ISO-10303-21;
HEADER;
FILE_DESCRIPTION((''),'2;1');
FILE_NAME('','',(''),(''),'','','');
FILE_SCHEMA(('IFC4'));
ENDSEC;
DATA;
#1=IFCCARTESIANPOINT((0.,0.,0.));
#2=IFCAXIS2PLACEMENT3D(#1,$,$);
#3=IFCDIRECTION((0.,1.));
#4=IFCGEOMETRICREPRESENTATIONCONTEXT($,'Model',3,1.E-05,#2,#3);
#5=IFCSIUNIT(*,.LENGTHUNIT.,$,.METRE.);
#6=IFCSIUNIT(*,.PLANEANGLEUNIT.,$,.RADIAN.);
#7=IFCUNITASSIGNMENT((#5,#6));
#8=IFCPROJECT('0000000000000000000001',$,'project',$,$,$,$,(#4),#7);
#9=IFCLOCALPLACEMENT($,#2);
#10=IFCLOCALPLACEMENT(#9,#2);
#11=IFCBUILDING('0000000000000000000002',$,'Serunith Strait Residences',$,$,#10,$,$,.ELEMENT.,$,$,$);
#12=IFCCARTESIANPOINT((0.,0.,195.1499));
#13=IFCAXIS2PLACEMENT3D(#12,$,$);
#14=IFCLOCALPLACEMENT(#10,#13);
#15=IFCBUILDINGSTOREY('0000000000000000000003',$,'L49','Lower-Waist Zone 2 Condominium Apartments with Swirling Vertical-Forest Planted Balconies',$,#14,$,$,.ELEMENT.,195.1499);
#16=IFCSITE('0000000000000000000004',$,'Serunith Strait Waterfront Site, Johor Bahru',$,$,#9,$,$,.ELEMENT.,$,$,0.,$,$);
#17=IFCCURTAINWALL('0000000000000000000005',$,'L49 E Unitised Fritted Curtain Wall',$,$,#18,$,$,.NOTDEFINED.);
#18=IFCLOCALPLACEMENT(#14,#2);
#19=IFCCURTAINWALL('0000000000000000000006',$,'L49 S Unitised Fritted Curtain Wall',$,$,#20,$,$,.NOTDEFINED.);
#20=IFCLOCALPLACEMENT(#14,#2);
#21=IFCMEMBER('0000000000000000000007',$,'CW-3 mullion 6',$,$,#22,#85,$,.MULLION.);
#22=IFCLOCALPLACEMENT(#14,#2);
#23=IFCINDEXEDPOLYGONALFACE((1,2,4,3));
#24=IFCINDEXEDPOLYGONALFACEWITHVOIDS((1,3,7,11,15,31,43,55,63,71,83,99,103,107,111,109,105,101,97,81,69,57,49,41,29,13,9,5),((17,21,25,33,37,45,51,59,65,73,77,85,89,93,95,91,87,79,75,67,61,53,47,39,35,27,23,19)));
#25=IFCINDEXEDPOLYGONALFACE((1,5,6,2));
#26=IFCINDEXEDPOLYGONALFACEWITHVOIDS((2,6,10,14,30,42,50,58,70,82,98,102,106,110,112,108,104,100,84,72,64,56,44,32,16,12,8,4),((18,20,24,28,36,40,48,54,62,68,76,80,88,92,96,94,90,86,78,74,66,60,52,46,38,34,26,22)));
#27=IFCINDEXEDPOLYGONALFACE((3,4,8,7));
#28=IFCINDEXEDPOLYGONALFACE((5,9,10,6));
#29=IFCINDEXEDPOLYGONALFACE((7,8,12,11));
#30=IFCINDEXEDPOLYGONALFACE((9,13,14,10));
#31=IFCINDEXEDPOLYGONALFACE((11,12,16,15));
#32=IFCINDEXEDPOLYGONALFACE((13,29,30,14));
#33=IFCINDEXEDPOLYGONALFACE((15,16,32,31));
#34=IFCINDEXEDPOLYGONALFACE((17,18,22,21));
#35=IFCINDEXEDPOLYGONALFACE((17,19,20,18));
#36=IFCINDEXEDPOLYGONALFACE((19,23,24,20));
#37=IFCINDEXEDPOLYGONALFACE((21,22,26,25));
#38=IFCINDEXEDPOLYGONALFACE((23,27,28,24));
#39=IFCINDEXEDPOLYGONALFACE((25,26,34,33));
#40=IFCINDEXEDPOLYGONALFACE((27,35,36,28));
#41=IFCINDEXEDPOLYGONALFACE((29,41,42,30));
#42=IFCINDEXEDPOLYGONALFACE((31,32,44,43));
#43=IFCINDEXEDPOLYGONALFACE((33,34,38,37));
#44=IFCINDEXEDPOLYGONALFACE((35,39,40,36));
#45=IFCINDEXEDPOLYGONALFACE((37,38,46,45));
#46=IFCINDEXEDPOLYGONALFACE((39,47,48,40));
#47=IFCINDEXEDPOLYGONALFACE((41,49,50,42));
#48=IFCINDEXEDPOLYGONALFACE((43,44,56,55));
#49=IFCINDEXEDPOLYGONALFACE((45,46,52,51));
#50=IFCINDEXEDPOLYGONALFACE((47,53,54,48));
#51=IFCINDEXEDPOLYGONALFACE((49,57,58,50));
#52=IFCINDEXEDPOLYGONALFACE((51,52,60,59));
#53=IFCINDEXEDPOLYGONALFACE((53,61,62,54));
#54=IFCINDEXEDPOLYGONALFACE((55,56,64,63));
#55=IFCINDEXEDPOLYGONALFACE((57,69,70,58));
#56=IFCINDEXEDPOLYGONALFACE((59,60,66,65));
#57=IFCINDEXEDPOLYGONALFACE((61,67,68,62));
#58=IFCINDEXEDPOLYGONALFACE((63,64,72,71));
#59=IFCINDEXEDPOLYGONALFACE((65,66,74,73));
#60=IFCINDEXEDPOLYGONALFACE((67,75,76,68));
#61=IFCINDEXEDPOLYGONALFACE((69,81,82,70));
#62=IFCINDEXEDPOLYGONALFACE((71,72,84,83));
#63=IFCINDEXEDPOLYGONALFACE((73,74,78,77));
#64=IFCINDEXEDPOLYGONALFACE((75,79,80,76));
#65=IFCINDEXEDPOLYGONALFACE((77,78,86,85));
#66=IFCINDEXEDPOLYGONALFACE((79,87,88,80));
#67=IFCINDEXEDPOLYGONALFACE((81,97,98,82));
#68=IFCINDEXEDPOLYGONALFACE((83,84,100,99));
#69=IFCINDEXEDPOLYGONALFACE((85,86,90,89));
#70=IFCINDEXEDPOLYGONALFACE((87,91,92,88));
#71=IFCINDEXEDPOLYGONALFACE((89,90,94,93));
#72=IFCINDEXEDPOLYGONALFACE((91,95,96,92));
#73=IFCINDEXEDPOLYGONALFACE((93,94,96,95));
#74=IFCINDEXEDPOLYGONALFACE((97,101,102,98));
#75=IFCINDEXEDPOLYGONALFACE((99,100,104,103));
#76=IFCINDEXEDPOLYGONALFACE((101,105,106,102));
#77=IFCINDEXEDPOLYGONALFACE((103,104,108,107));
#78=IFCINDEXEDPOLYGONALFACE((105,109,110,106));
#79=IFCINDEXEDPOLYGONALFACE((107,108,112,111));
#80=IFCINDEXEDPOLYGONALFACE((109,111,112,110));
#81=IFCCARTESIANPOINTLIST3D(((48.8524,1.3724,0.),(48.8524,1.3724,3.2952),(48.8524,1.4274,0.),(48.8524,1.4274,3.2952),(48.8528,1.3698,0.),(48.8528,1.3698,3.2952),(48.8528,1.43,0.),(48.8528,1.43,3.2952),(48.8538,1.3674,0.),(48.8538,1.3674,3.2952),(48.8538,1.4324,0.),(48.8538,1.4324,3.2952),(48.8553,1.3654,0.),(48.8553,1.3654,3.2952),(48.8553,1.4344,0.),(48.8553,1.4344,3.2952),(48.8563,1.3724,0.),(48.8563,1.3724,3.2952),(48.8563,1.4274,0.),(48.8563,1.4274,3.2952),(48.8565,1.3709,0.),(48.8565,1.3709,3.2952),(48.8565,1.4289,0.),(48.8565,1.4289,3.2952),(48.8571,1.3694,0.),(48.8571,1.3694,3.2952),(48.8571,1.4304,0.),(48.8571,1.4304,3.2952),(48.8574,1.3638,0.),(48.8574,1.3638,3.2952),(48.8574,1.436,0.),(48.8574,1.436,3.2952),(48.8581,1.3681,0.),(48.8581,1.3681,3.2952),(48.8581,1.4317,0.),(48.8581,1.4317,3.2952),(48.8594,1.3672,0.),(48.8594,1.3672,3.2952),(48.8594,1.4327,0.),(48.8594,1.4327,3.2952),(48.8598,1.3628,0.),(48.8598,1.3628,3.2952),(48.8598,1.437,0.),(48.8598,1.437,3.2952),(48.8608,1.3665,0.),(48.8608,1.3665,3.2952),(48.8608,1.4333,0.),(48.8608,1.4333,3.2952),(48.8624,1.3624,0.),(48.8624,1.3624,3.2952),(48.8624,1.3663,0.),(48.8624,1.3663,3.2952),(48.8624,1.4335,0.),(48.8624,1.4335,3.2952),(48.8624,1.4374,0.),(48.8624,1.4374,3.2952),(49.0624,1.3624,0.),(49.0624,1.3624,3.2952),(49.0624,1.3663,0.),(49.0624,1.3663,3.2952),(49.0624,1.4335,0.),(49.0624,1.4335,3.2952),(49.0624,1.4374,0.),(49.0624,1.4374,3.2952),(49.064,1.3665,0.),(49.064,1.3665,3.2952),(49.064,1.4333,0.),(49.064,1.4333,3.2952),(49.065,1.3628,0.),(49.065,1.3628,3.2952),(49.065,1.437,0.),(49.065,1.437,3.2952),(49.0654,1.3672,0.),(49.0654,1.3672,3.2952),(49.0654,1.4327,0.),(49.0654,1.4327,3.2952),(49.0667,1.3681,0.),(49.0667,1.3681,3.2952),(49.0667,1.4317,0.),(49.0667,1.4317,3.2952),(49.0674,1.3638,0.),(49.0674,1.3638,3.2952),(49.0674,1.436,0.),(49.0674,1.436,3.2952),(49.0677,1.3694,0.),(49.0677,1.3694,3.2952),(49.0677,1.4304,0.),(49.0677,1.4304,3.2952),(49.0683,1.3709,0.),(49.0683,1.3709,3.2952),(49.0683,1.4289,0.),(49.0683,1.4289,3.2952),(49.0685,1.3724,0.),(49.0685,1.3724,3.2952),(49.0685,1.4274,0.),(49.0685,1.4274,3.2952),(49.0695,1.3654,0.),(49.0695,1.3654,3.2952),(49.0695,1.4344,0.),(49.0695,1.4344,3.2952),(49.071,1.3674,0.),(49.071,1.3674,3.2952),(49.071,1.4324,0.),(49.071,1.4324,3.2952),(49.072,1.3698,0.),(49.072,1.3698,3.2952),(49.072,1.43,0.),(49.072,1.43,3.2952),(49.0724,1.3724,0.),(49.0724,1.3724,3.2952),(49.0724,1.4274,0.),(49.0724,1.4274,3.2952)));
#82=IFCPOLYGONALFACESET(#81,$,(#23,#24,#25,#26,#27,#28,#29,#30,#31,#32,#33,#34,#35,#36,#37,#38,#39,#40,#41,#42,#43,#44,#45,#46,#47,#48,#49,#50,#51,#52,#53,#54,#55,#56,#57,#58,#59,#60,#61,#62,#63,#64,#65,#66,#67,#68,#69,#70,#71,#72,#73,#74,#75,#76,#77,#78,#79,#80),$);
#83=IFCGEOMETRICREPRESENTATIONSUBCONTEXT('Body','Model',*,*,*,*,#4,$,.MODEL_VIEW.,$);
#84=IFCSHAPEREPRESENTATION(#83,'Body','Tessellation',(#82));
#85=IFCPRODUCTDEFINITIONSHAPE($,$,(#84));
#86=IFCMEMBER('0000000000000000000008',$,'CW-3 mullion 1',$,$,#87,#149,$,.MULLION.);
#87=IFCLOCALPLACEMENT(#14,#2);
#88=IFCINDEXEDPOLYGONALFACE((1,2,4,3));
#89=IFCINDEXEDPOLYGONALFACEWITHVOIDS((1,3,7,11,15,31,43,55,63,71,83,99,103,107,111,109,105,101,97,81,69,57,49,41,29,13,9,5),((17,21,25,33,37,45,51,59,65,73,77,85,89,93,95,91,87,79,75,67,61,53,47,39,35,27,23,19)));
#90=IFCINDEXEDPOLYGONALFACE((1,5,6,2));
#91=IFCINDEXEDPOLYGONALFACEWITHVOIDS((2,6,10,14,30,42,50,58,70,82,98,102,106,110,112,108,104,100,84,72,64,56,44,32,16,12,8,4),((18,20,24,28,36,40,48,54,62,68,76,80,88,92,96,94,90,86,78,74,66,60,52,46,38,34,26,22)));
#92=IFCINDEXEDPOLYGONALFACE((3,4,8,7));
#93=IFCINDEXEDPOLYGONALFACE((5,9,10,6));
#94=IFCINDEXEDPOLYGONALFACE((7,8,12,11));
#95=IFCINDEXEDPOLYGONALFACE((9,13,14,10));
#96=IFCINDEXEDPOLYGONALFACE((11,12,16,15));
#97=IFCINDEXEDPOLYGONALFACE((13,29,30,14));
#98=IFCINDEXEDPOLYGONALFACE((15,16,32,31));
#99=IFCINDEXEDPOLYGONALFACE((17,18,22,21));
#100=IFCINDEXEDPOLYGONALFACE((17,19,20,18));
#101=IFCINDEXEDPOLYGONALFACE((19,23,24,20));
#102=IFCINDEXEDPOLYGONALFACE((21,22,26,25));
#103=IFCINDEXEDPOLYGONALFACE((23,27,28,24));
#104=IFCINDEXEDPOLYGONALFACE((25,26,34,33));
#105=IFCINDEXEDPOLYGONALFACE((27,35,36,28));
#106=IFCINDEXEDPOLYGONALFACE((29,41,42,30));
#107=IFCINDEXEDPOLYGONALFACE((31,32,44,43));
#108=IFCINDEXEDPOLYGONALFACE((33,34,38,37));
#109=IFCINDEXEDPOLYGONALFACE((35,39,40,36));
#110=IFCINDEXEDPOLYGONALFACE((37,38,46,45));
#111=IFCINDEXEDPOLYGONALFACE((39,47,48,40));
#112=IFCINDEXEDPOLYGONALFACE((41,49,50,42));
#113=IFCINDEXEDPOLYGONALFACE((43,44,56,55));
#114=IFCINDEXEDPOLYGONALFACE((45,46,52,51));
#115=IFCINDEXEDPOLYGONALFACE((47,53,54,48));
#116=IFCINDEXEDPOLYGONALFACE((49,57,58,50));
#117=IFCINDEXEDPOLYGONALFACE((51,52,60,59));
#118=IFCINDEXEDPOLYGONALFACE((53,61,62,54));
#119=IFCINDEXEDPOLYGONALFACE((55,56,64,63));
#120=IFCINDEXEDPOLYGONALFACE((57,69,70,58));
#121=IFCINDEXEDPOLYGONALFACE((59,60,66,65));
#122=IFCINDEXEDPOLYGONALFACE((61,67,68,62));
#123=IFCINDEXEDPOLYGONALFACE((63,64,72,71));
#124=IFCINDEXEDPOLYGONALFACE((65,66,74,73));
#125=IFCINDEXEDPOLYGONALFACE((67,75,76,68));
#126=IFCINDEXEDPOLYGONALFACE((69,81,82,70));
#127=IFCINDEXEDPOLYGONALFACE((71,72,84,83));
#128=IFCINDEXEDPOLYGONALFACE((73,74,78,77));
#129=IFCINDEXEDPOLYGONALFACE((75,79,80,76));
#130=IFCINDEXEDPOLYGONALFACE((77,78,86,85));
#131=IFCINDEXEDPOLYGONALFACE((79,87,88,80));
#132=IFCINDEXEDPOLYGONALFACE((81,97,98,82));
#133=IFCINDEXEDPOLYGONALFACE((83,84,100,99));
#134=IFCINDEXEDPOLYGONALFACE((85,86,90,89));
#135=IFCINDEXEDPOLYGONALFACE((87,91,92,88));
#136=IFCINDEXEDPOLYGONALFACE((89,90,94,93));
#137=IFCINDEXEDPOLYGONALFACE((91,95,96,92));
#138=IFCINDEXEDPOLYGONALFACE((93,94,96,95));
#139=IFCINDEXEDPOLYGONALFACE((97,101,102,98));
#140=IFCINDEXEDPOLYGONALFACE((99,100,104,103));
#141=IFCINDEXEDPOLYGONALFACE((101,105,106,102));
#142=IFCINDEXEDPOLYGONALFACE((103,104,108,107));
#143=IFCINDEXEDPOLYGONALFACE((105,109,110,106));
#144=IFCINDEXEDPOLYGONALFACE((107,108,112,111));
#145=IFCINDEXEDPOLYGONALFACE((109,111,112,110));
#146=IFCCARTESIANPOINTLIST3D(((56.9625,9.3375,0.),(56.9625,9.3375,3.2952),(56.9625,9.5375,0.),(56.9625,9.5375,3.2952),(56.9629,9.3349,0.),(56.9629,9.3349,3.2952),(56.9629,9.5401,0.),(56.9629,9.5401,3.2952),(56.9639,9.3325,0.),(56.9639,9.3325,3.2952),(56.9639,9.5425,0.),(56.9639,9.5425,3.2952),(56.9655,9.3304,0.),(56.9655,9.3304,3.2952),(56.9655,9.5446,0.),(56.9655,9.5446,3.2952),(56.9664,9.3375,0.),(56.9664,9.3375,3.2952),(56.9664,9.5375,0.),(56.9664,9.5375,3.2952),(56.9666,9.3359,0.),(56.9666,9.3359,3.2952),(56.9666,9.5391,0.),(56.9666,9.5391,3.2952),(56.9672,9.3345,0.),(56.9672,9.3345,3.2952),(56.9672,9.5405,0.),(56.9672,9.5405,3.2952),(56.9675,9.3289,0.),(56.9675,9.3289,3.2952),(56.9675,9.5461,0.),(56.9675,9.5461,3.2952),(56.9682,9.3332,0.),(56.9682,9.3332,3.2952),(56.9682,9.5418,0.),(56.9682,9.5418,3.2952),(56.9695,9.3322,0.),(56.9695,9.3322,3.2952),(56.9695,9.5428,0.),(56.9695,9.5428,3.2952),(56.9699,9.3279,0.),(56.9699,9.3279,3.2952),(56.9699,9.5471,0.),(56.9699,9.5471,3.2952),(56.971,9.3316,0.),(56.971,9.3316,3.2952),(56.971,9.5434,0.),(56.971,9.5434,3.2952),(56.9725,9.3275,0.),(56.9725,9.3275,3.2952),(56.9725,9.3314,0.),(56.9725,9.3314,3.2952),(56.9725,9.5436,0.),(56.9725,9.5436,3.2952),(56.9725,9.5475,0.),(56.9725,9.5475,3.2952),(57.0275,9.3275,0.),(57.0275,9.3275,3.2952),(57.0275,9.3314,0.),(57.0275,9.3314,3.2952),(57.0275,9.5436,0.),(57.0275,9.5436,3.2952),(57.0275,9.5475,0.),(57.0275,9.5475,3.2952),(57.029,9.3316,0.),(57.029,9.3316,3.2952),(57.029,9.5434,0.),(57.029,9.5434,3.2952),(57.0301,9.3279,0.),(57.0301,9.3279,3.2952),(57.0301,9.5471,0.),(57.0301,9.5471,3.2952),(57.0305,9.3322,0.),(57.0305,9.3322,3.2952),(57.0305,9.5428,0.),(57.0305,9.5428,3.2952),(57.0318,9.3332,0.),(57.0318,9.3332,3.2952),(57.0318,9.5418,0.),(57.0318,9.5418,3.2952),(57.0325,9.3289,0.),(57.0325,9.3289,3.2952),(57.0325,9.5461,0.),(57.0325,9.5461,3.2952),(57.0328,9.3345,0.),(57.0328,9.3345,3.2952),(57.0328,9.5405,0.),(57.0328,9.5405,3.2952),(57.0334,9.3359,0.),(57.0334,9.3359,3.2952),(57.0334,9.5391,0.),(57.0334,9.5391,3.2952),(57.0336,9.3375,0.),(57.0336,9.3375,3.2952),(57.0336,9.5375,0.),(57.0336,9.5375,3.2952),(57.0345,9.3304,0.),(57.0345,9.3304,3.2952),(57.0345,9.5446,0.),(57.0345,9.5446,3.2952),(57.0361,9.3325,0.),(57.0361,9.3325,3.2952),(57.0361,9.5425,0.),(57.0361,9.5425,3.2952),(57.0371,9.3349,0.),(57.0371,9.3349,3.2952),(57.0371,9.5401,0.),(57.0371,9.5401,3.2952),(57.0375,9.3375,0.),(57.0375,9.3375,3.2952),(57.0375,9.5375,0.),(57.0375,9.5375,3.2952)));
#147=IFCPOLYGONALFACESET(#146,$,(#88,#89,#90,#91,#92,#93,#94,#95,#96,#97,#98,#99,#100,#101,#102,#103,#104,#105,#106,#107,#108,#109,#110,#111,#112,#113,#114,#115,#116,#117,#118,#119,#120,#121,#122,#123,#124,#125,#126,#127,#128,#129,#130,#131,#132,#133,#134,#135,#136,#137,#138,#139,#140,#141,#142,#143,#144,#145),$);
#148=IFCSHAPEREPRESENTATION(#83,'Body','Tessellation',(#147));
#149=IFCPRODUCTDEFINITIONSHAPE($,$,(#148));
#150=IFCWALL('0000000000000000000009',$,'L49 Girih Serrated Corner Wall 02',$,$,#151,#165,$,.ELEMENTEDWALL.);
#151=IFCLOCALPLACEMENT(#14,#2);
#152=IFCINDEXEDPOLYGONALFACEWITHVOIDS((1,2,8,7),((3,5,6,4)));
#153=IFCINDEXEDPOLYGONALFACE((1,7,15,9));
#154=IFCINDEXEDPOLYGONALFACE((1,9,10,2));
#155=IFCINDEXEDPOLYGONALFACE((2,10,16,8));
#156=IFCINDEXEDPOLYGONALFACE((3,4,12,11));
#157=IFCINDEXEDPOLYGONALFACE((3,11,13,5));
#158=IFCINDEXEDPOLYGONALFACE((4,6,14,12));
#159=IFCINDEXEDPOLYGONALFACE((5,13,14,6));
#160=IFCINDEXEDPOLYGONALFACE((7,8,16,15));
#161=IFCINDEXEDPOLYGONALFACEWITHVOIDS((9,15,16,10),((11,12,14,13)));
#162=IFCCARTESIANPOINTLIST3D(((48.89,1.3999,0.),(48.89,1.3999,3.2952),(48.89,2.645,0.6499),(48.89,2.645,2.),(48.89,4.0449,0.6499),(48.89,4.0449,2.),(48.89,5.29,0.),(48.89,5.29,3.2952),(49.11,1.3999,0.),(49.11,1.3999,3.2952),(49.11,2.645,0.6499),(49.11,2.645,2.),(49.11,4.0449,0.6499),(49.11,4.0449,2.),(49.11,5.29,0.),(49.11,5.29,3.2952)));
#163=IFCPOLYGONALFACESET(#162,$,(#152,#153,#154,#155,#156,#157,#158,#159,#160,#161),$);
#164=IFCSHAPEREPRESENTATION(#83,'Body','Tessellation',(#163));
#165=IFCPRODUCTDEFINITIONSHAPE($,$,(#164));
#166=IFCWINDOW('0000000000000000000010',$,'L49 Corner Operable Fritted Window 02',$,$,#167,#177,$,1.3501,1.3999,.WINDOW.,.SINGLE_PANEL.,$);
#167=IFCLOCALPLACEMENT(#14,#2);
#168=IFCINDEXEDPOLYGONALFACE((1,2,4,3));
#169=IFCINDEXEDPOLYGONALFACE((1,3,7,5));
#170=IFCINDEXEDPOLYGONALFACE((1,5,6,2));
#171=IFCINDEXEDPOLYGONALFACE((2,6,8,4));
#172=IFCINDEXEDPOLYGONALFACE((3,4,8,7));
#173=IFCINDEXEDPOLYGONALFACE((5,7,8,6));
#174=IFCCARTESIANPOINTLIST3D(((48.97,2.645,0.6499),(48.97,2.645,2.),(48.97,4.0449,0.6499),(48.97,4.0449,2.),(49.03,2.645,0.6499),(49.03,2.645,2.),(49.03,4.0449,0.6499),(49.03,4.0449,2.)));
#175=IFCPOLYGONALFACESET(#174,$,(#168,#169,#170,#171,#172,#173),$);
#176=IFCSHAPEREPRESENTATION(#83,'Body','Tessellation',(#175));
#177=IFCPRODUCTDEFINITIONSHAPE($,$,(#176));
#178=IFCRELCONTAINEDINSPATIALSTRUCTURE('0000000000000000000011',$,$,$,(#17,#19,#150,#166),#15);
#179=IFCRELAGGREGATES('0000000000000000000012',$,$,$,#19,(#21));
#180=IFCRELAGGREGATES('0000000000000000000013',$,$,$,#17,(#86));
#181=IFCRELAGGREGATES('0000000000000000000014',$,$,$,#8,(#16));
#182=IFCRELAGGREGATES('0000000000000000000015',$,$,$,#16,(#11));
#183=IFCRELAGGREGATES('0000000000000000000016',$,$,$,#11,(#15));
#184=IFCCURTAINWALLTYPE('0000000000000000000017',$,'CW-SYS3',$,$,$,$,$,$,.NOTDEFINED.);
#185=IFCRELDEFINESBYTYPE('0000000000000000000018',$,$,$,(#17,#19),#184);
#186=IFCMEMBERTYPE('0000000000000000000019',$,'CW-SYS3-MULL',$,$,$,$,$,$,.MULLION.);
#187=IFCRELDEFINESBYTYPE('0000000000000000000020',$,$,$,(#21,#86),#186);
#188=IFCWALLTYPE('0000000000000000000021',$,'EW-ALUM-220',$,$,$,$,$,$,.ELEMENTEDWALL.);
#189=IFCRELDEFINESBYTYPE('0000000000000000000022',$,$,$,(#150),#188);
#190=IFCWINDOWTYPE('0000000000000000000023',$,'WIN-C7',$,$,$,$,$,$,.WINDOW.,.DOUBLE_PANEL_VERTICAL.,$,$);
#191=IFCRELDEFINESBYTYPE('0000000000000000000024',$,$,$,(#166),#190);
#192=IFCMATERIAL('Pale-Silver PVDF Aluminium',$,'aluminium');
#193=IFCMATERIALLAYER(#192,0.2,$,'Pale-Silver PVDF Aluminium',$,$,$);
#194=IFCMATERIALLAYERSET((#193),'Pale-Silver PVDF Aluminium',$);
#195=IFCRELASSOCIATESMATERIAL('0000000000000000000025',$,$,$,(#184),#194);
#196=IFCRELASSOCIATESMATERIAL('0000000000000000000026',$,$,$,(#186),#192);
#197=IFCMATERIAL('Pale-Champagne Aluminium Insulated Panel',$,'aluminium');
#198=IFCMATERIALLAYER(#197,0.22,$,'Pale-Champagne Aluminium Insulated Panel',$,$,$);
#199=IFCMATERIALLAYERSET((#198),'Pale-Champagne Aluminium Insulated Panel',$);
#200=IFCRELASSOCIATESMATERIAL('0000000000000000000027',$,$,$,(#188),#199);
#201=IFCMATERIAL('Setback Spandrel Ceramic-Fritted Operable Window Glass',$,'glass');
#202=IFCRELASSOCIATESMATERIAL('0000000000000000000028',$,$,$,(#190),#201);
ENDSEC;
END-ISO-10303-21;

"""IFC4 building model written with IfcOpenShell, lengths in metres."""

from ifc_helpers import new_model, si_unit, direction, frame, frame_2d, origin, origin_2d, place, context, subcontext, project, spatial, rectangle, hollow_rectangle, extrude, source, transform, mapped, material, layer, layer_set, material_profile, profile_set, type_object, element, fill, aggregate, save


model = new_model("IFC4")

# Units and contexts
model_context = context("Model", 3, precision=1e-05, world=origin(), true_north=direction((0.0, 1.0)))
body_context = subcontext(model_context, "Body", "Model", "MODEL_VIEW")
ifc_project = project(units=[si_unit("LENGTHUNIT", "METRE"), si_unit("PLANEANGLEUNIT", "RADIAN")], contexts=[model_context])

# Site, building, storey
site_placement = place(None, origin())
site = spatial("IfcSite", under=ifc_project, at=site_placement, Name="Serunith Strait Waterfront Site, Johor Bahru", CompositionType="ELEMENT", RefElevation=0.0)
building_placement = place(site_placement, origin())
building = spatial("IfcBuilding", under=site, at=building_placement, Name="Serunith Strait Residences", CompositionType="ELEMENT")
storey_placement = place(building_placement, frame((0.0, 0.0, 195.1499)))
storey = spatial("IfcBuildingStorey", under=building, at=storey_placement, Name="L49", Description="Lower-Waist Zone 2 Condominium Apartments with Swirling Vertical-Forest Planted Balconies", CompositionType="ELEMENT", Elevation=195.1499)

# Curtain wall
ifc_material_1 = material(Name="Pale-Silver PVDF Aluminium", Category="aluminium")
ifc_layer_1 = layer(ifc_material_1, 0.2, Name="Pale-Silver PVDF Aluminium")
ifc_layer_set_1 = layer_set([ifc_layer_1], Name="Pale-Silver PVDF Aluminium")
curtain_wall_type = type_object("IfcCurtainWallType", Name="CW-SYS3", PredefinedType="NOTDEFINED", material=ifc_layer_set_1)
curtain_wall_1_placement = place(storey_placement, origin())
curtain_wall_1 = element("IfcCurtainWall", 1, at=curtain_wall_1_placement, inside=storey, type_object=curtain_wall_type, Name="L49 E Unitised Fritted Curtain Wall", PredefinedType="NOTDEFINED")

# Curtain wall, member
curtain_wall_2_placement = place(storey_placement, origin())
curtain_wall_2 = element("IfcCurtainWall", 2, at=curtain_wall_2_placement, inside=storey, type_object=curtain_wall_type, Name="L49 S Unitised Fritted Curtain Wall", PredefinedType="NOTDEFINED")
ifc_material_profile_1 = material_profile(ifc_material_1, hollow_rectangle(XDim=0.075, YDim=0.22, WallThickness=0.0039, InnerFilletRadius=0.0061, OuterFilletRadius=0.01, at=origin_2d()), Name="ALU 220x75x4")
ifc_profile_set_1 = profile_set([ifc_material_profile_1], Name="Pale-Silver PVDF Aluminium")
member_type_1 = type_object("IfcMemberType", Name="CW-SYS3-MULL", PredefinedType="MULLION", material=ifc_profile_set_1)
shared_shape_1 = source(origin(), body_context, "Body", "SweptSolid", [
    extrude(hollow_rectangle(XDim=0.075, YDim=0.22, WallThickness=0.0039, InnerFilletRadius=0.0061, OuterFilletRadius=0.01, at=origin_2d()), origin(), (0.0, 0.0, 1.0), 3.2952),
])
member_1_placement = place(storey_placement, frame((48.9624, 1.3999, 0.0), z_axis=(0.0, 0.0, 1.0), x_axis=(0.0, 1.0, 0.0)))
member_1 = element("IfcMember", 3, at=member_1_placement, type_object=member_type_1, Name="CW-3 mullion 6", PredefinedType="MULLION", context=body_context, shape_type="MappedRepresentation", body=[
    mapped(shared_shape_1, transform((0.0, 0.0, 0.0), scale=1.0)),
])
aggregate(curtain_wall_2, [member_1])

# Member
member_2_placement = place(storey_placement, frame((57.0, 9.4375, 0.0), z_axis=(0.0, 0.0, 1.0), x_axis=(-1.0, 0.0, 0.0)))
member_2 = element("IfcMember", 4, at=member_2_placement, type_object=member_type_1, Name="CW-3 mullion 1", PredefinedType="MULLION", context=body_context, shape_type="MappedRepresentation", body=[
    mapped(shared_shape_1, transform((0.0, 0.0, 0.0), scale=1.0)),
])
aggregate(curtain_wall_1, [member_2])

# Wall, opening, window
ifc_material_2 = material(Name="Pale-Champagne Aluminium Insulated Panel", Category="aluminium")
ifc_layer_2 = layer(ifc_material_2, 0.22, Name="Pale-Champagne Aluminium Insulated Panel")
ifc_layer_set_2 = layer_set([ifc_layer_2], Name="Pale-Champagne Aluminium Insulated Panel")
wall_type_1 = type_object("IfcWallType", Name="EW-ALUM-220", PredefinedType="ELEMENTEDWALL", material=ifc_layer_set_2)
wall_1_placement = place(storey_placement, frame((49.0, 1.3999, 0.0), z_axis=(0.0, 0.0, 1.0), x_axis=(0.0, 1.0, 0.0)))
wall_1 = element("IfcWall", 5, at=wall_1_placement, inside=storey, type_object=wall_type_1, Name="L49 Girih Serrated Corner Wall 02", PredefinedType="ELEMENTEDWALL", context=body_context, shape_type="SweptSolid", body=[
    extrude(rectangle(XDim=3.8901, YDim=0.22, at=frame_2d((1.9451, 0.0))), origin(), (0.0, 0.0, 1.0), 3.2952),
])
opening_1_placement = place(wall_1_placement, frame((1.2451, 0.0, 0.6499)))
opening_1 = element("IfcOpeningElement", 6, at=opening_1_placement, cuts=wall_1, PredefinedType="OPENING", context=body_context, shape_type="SweptSolid", body=[
    extrude(rectangle(XDim=1.3999, YDim=1.3501, at=frame_2d((0.7, 0.675))), frame((0.0, 0.1201, 0.0), z_axis=(0.0, -1.0, 0.0), x_axis=(1.0, 0.0, 0.0)), (0.0, 0.0, 1.0), 0.24),
])
ifc_material_3 = material(Name="Setback Spandrel Ceramic-Fritted Operable Window Glass", Category="glass")
window_type = type_object("IfcWindowType", Name="WIN-C7", PartitioningType="DOUBLE_PANEL_VERTICAL", PredefinedType="WINDOW", material=ifc_material_3)
shared_shape_2 = source(origin(), body_context, "Body", "SweptSolid", [
    extrude(rectangle(XDim=1.3999, YDim=1.3501, at=frame_2d((0.7, 0.675))), frame((0.0, 0.03, 0.0), z_axis=(0.0, -1.0, 0.0), x_axis=(1.0, 0.0, 0.0)), (0.0, 0.0, 1.0), 0.0601),
])
window_1_placement = place(opening_1_placement, origin())
window_1 = element("IfcWindow", 7, at=window_1_placement, inside=storey, type_object=window_type, Name="L49 Corner Operable Fritted Window 02", OverallHeight=1.3501, OverallWidth=1.3999, PartitioningType="SINGLE_PANEL", PredefinedType="WINDOW", context=body_context, shape_type="MappedRepresentation", body=[
    mapped(shared_shape_2, transform((0.0, 0.0, 0.0), scale=1.0)),
])
fill(opening_1, window_1)

save(model, "model.ifc")
